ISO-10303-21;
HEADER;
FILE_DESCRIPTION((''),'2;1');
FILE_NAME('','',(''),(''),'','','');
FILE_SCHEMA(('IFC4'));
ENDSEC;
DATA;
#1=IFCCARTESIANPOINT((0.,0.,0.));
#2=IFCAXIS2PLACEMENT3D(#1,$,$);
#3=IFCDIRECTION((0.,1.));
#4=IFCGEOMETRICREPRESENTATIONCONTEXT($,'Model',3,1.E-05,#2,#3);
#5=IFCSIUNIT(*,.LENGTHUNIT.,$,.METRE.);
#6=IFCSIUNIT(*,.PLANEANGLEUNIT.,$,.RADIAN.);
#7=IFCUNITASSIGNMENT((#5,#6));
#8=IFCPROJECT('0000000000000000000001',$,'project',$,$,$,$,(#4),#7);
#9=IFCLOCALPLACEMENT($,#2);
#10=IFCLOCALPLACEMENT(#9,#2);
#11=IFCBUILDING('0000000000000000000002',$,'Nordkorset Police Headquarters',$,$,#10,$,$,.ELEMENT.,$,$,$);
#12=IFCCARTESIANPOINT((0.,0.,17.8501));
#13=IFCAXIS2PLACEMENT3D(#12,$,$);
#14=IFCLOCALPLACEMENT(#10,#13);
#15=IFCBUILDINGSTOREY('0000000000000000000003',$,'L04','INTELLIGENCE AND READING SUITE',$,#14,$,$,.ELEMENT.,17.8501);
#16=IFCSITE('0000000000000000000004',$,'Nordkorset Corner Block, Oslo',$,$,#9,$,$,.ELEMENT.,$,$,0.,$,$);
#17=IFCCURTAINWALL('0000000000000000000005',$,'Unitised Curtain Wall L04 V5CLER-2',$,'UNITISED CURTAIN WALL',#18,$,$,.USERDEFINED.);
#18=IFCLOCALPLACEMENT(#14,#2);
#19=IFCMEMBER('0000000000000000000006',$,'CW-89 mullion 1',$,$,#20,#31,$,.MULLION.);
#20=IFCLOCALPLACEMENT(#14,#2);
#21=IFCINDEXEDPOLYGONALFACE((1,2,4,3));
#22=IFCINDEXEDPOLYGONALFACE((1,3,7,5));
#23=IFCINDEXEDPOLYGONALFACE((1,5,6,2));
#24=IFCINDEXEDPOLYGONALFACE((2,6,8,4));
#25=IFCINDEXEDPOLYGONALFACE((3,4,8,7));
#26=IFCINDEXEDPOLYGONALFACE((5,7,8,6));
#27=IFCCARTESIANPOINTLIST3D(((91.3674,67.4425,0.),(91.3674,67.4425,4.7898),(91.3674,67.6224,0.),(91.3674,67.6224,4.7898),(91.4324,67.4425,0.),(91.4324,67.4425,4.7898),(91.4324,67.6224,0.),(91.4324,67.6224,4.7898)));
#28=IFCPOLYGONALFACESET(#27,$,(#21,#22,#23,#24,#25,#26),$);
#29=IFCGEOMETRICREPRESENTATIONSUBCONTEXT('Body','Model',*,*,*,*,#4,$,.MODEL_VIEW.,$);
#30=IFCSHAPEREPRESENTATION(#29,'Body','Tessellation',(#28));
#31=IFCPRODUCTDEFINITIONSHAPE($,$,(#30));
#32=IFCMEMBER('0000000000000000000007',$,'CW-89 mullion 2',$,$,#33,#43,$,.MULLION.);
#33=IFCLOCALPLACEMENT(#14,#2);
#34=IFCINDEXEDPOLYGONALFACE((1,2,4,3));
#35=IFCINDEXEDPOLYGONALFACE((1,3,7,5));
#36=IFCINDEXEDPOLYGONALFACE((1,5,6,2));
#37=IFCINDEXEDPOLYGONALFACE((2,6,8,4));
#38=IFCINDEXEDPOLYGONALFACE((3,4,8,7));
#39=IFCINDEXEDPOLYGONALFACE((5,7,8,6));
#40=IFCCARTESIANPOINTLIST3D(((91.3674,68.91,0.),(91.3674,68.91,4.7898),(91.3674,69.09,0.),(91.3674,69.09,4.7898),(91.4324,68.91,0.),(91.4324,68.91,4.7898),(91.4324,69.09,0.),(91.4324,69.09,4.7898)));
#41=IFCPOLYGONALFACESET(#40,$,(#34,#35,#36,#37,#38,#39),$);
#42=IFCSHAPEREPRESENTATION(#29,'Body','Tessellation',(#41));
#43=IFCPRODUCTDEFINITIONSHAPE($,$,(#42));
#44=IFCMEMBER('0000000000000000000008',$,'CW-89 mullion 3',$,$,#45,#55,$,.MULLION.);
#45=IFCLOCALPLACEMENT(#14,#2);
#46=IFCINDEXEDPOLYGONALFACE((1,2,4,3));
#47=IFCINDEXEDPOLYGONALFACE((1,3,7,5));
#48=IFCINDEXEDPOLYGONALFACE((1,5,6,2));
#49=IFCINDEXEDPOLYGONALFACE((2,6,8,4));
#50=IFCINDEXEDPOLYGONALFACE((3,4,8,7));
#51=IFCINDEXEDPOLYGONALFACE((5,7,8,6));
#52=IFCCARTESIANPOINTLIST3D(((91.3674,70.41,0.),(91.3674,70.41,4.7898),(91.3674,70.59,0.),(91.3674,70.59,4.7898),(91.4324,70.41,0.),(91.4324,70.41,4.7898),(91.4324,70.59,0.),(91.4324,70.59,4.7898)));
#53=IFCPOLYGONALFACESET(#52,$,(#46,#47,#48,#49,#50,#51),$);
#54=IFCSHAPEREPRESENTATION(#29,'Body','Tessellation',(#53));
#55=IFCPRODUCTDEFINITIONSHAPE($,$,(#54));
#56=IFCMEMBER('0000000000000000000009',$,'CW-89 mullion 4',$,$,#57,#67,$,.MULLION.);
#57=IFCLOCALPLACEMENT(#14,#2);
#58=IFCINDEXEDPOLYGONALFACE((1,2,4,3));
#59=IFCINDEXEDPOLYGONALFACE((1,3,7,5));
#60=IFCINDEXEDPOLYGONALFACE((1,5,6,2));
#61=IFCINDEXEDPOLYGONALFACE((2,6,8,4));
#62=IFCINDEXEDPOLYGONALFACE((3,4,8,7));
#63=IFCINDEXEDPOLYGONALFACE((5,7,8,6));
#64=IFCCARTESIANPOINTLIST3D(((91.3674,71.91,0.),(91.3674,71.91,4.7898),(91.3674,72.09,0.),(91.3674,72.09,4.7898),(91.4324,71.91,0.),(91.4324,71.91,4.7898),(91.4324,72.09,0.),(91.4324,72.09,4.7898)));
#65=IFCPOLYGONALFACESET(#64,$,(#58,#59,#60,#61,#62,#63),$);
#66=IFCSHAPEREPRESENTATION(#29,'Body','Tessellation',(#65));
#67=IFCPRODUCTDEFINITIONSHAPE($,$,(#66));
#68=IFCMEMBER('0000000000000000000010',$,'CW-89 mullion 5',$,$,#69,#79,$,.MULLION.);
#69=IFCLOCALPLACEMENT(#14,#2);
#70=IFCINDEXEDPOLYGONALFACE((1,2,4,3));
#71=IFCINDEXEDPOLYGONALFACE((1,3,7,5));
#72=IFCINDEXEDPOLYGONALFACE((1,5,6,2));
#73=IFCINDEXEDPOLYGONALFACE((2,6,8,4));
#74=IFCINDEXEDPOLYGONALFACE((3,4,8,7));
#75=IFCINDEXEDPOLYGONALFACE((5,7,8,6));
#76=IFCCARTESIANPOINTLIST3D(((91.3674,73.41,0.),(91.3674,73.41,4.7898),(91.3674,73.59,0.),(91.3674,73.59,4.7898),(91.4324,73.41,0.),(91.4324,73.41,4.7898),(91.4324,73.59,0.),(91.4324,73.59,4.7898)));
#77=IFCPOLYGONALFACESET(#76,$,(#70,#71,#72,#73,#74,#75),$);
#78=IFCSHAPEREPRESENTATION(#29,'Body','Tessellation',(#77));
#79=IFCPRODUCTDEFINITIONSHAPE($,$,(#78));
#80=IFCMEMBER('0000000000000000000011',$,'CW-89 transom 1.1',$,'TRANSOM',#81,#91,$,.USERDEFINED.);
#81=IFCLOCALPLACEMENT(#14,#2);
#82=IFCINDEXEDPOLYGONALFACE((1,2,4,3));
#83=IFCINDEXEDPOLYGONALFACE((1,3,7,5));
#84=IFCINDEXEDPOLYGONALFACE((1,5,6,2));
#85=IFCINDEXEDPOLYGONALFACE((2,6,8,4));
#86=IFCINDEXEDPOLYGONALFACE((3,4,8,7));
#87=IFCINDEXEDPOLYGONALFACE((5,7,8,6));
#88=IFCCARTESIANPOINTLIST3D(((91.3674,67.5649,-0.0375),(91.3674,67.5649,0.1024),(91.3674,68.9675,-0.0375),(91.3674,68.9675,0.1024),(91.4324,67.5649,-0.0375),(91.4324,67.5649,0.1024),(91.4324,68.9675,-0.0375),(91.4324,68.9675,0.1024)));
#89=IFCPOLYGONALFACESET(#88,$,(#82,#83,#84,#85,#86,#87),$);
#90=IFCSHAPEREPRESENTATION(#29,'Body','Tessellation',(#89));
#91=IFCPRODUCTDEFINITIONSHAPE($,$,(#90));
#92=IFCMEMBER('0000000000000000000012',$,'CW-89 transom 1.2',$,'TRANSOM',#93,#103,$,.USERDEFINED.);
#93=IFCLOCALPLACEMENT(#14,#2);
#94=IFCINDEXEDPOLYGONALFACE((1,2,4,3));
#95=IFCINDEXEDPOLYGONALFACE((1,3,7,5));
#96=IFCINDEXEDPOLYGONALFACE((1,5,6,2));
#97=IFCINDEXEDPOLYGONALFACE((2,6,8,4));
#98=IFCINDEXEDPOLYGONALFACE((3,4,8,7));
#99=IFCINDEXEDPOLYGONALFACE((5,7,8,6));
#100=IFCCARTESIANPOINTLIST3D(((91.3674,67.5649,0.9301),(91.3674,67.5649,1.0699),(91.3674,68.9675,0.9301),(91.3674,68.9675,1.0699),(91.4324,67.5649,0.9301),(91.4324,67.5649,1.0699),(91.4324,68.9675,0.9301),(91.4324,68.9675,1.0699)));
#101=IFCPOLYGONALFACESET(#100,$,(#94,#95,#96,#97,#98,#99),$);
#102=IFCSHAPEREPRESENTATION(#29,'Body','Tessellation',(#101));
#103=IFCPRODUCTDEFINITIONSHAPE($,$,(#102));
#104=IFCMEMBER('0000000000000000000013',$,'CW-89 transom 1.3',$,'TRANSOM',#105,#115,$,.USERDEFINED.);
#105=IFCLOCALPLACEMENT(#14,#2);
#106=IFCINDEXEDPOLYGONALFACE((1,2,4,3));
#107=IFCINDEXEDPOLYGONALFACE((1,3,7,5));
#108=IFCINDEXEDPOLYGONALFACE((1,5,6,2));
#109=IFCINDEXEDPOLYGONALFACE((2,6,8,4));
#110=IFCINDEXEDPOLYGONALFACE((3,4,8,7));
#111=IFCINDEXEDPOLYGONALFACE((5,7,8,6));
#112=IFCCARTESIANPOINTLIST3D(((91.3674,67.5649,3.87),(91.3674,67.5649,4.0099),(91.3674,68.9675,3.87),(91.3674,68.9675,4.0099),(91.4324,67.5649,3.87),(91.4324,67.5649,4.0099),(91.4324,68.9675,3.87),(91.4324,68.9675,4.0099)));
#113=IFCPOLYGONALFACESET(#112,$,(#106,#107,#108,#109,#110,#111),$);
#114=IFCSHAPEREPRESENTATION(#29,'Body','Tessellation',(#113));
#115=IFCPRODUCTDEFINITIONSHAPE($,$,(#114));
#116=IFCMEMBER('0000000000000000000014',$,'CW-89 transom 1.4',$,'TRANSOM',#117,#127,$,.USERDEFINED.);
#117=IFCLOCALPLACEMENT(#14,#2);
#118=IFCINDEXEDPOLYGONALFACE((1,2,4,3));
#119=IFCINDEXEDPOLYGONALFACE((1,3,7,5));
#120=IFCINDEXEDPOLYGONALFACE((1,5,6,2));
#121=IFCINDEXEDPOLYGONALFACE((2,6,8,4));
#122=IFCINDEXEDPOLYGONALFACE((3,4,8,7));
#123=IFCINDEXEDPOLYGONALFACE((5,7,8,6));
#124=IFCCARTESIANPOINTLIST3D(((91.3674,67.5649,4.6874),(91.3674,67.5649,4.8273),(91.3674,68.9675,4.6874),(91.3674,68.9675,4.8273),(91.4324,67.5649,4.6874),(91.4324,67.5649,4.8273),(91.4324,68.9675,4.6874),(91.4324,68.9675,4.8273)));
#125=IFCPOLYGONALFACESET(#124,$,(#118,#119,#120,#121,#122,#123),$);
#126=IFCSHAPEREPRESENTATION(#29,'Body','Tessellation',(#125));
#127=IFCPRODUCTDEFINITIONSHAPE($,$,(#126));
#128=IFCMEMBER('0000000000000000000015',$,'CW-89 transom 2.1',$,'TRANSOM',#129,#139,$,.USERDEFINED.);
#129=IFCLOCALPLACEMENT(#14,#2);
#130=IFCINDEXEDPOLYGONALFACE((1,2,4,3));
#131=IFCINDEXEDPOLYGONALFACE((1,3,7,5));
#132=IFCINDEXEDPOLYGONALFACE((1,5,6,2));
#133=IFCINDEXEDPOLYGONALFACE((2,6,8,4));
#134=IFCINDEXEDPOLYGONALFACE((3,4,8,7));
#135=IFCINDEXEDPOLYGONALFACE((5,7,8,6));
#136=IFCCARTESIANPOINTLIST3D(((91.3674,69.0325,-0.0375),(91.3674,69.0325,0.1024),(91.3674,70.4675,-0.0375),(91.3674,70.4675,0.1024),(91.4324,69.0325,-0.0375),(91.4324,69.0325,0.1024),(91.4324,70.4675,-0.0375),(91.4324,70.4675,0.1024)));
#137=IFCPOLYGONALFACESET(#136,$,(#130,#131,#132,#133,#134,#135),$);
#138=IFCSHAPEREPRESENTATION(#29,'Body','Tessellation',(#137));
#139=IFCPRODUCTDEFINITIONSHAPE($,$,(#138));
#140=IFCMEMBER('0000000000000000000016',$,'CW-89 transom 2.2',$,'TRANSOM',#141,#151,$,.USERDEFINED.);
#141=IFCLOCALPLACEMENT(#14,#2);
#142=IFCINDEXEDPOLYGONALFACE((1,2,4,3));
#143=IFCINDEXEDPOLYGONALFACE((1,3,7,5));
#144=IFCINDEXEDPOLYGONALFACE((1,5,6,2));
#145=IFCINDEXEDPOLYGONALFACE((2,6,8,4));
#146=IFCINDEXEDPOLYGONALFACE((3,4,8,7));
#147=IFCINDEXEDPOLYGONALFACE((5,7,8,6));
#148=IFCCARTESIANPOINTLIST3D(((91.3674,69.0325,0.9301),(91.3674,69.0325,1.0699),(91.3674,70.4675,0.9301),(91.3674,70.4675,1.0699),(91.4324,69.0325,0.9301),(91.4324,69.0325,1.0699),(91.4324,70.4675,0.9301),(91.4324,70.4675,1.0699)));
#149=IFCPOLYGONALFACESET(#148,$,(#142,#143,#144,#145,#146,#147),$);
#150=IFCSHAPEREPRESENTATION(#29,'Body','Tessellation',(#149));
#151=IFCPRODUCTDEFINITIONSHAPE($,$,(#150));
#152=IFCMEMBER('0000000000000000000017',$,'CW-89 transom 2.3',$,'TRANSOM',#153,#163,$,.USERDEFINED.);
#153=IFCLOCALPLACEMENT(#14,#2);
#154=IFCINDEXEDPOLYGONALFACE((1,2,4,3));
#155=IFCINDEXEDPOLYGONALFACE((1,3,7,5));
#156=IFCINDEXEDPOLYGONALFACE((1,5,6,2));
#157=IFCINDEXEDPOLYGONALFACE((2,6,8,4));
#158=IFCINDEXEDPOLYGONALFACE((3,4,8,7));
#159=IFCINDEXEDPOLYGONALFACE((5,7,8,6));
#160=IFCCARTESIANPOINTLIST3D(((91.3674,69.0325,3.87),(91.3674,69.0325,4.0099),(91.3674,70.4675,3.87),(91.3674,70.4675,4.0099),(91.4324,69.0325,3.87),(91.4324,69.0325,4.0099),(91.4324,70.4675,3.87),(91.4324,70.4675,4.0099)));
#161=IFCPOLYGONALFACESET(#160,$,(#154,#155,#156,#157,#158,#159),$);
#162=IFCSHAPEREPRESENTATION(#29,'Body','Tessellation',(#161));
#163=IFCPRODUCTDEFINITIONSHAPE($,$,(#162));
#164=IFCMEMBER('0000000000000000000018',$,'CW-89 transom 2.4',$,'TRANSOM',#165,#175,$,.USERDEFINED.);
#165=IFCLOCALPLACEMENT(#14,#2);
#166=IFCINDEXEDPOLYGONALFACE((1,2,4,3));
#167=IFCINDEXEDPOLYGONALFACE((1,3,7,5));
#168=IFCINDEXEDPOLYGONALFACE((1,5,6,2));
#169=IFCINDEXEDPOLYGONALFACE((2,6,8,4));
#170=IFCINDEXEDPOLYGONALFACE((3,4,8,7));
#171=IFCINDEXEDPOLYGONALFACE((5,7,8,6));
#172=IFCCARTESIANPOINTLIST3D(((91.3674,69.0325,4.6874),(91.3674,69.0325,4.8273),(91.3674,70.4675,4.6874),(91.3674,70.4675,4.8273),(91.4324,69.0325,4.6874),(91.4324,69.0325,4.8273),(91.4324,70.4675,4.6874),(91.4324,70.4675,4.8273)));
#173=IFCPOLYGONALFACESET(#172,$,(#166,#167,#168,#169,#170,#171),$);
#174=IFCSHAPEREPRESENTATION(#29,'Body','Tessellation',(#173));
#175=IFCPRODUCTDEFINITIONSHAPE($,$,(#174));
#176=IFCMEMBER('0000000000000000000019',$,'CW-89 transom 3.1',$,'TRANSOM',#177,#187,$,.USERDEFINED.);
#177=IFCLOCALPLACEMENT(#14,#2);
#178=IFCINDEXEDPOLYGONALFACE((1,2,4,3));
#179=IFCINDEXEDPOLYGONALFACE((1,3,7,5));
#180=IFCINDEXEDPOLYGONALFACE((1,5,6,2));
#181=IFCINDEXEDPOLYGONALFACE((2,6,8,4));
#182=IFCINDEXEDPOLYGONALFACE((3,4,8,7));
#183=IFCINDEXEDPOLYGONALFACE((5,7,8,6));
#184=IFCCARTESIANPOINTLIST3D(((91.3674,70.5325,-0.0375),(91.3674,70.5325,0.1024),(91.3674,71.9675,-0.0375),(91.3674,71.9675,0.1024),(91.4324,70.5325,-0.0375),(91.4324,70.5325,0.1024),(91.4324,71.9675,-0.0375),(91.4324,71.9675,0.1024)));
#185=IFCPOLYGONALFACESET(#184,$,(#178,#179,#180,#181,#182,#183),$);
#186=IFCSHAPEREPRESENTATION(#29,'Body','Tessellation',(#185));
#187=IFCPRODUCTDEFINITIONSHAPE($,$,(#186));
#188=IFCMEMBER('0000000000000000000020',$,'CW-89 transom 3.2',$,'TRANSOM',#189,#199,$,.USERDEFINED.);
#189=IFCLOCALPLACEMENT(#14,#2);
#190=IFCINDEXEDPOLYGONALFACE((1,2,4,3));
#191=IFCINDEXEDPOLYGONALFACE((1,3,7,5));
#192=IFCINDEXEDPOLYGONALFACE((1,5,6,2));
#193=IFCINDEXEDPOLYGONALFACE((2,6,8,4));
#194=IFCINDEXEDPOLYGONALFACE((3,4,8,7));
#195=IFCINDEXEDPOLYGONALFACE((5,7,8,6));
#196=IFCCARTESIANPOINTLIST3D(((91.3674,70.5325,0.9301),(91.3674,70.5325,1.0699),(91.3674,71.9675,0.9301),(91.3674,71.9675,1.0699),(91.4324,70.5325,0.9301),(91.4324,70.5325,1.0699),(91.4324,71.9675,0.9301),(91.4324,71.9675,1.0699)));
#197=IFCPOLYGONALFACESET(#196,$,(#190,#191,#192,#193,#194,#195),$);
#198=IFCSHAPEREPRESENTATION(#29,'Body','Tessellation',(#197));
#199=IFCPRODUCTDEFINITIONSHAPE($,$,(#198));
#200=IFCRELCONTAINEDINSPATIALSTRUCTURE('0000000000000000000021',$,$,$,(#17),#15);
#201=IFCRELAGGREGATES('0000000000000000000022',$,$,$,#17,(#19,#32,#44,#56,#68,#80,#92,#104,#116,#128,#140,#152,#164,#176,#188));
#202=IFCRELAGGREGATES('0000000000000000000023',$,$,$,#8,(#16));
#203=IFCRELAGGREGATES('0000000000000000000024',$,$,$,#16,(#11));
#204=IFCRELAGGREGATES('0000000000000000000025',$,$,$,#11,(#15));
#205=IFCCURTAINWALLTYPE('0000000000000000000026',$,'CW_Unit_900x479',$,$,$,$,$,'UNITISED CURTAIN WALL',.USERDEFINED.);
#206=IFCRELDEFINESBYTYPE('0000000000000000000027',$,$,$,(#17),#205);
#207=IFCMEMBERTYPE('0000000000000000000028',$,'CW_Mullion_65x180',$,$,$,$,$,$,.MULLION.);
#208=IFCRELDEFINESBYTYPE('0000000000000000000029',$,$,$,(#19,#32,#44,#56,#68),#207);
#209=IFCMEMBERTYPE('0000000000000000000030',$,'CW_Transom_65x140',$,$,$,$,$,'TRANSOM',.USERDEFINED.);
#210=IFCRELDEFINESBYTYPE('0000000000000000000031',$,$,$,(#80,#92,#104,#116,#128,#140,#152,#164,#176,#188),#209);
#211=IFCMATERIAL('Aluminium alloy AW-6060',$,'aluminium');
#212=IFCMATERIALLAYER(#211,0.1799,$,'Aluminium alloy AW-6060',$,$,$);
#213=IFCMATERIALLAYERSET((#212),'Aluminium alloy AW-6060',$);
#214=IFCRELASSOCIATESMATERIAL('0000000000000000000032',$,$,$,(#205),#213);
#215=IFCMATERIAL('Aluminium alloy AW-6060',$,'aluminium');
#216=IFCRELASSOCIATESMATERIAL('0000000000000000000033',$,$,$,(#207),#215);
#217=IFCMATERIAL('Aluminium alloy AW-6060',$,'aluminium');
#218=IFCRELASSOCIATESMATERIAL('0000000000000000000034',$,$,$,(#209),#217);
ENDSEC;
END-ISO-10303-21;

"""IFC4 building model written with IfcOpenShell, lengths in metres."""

from ifc_helpers import new_model, si_unit, direction, frame, origin, origin_2d, place, context, subcontext, project, spatial, rectangle, extrude, material, layer, layer_set, material_profile, profile_set, type_object, element, aggregate, save


model = new_model("IFC4")

# Units and contexts
model_context = context("Model", 3, precision=1e-05, world=origin(), true_north=direction((0.0, 1.0)))
body_context = subcontext(model_context, "Body", "Model", "MODEL_VIEW")
ifc_project = project(units=[si_unit("LENGTHUNIT", "METRE"), si_unit("PLANEANGLEUNIT", "RADIAN")], contexts=[model_context])

# Site, building, storey
site_placement = place(None, origin())
site = spatial("IfcSite", under=ifc_project, at=site_placement, Name="Nordkorset Corner Block, Oslo", CompositionType="ELEMENT", RefElevation=0.0)
building_placement = place(site_placement, origin())
building = spatial("IfcBuilding", under=site, at=building_placement, Name="Nordkorset Police Headquarters", CompositionType="ELEMENT")
storey_placement = place(building_placement, frame((0.0, 0.0, 17.8501)))
storey = spatial("IfcBuildingStorey", under=building, at=storey_placement, Name="L04", Description="INTELLIGENCE AND READING SUITE", CompositionType="ELEMENT", Elevation=17.8501)

# Curtain wall, members
ifc_material_1 = material(Name="Aluminium alloy AW-6060", Category="aluminium")
ifc_layer_1 = layer(ifc_material_1, 0.1799, Name="Aluminium alloy AW-6060")
ifc_layer_set_1 = layer_set([ifc_layer_1], Name="Aluminium alloy AW-6060")
curtain_wall_type = type_object("IfcCurtainWallType", Name="CW_Unit_900x479", ElementType="UNITISED CURTAIN WALL", PredefinedType="USERDEFINED", material=ifc_layer_set_1)
curtain_wall_placement = place(storey_placement, origin())
curtain_wall = element("IfcCurtainWall", 1, at=curtain_wall_placement, inside=storey, type_object=curtain_wall_type, Name="Unitised Curtain Wall L04 V5CLER-2", ObjectType="UNITISED CURTAIN WALL", PredefinedType="USERDEFINED")
ifc_material_2 = material(Name="Aluminium alloy AW-6060", Category="aluminium")
ifc_material_profile_1 = material_profile(ifc_material_2, rectangle(XDim=0.0649, YDim=0.1799, at=origin_2d()), Name="ALU MULL 65x180")
ifc_profile_set_1 = profile_set([ifc_material_profile_1], Name="Aluminium alloy AW-6060")
member_type_1 = type_object("IfcMemberType", Name="CW_Mullion_65x180", PredefinedType="MULLION", material=ifc_profile_set_1)
member_1_placement = place(storey_placement, frame((91.3999, 67.5325, 0.0), z_axis=(0.0, 0.0, 1.0), x_axis=(-1.0, 0.0, 0.0)))
member_1 = element("IfcMember", 2, at=member_1_placement, type_object=member_type_1, Name="CW-89 mullion 1", PredefinedType="MULLION", context=body_context, shape_type="SweptSolid", body=[
    extrude(rectangle(XDim=0.0649, YDim=0.1799, at=origin_2d()), origin(), (0.0, 0.0, 1.0), 4.7898),
])
member_2_placement = place(storey_placement, frame((91.3999, 69.0, 0.0), z_axis=(0.0, 0.0, 1.0), x_axis=(-1.0, 0.0, 0.0)))
member_2 = element("IfcMember", 3, at=member_2_placement, type_object=member_type_1, Name="CW-89 mullion 2", PredefinedType="MULLION", context=body_context, shape_type="SweptSolid", body=[
    extrude(rectangle(XDim=0.0649, YDim=0.1799, at=origin_2d()), origin(), (0.0, 0.0, 1.0), 4.7898),
])
member_3_placement = place(storey_placement, frame((91.3999, 70.5, 0.0), z_axis=(0.0, 0.0, 1.0), x_axis=(-1.0, 0.0, 0.0)))
member_3 = element("IfcMember", 4, at=member_3_placement, type_object=member_type_1, Name="CW-89 mullion 3", PredefinedType="MULLION", context=body_context, shape_type="SweptSolid", body=[
    extrude(rectangle(XDim=0.0649, YDim=0.1799, at=origin_2d()), origin(), (0.0, 0.0, 1.0), 4.7898),
])
member_4_placement = place(storey_placement, frame((91.3999, 72.0, 0.0), z_axis=(0.0, 0.0, 1.0), x_axis=(-1.0, 0.0, 0.0)))
member_4 = element("IfcMember", 5, at=member_4_placement, type_object=member_type_1, Name="CW-89 mullion 4", PredefinedType="MULLION", context=body_context, shape_type="SweptSolid", body=[
    extrude(rectangle(XDim=0.0649, YDim=0.1799, at=origin_2d()), origin(), (0.0, 0.0, 1.0), 4.7898),
])
member_5_placement = place(storey_placement, frame((91.3999, 73.5, 0.0), z_axis=(0.0, 0.0, 1.0), x_axis=(-1.0, 0.0, 0.0)))
member_5 = element("IfcMember", 6, at=member_5_placement, type_object=member_type_1, Name="CW-89 mullion 5", PredefinedType="MULLION", context=body_context, shape_type="SweptSolid", body=[
    extrude(rectangle(XDim=0.0649, YDim=0.1799, at=origin_2d()), origin(), (0.0, 0.0, 1.0), 4.7898),
])
ifc_material_3 = material(Name="Aluminium alloy AW-6060", Category="aluminium")
ifc_material_profile_2 = material_profile(ifc_material_3, rectangle(XDim=0.0649, YDim=0.1399, at=origin_2d()), Name="ALU TRAN 65x140")
ifc_profile_set_2 = profile_set([ifc_material_profile_2], Name="Aluminium alloy AW-6060")
member_type_2 = type_object("IfcMemberType", Name="CW_Transom_65x140", ElementType="TRANSOM", PredefinedType="USERDEFINED", material=ifc_profile_set_2)
member_6_placement = place(storey_placement, frame((91.3999, 67.5649, 0.0325), z_axis=(0.0, 1.0, 0.0), x_axis=(-1.0, 0.0, 0.0)))
member_6 = element("IfcMember", 7, at=member_6_placement, type_object=member_type_2, Name="CW-89 transom 1.1", ObjectType="TRANSOM", PredefinedType="USERDEFINED", context=body_context, shape_type="SweptSolid", body=[
    extrude(rectangle(XDim=0.0649, YDim=0.1399, at=origin_2d()), origin(), (0.0, 0.0, 1.0), 1.4026),
])
member_7_placement = place(storey_placement, frame((91.3999, 67.5649, 1.0), z_axis=(0.0, 1.0, 0.0), x_axis=(-1.0, 0.0, 0.0)))
member_7 = element("IfcMember", 8, at=member_7_placement, type_object=member_type_2, Name="CW-89 transom 1.2", ObjectType="TRANSOM", PredefinedType="USERDEFINED", context=body_context, shape_type="SweptSolid", body=[
    extrude(rectangle(XDim=0.0649, YDim=0.1399, at=origin_2d()), origin(), (0.0, 0.0, 1.0), 1.4026),
])
member_8_placement = place(storey_placement, frame((91.3999, 67.5649, 3.9399), z_axis=(0.0, 1.0, 0.0), x_axis=(-1.0, 0.0, 0.0)))
member_8 = element("IfcMember", 9, at=member_8_placement, type_object=member_type_2, Name="CW-89 transom 1.3", ObjectType="TRANSOM", PredefinedType="USERDEFINED", context=body_context, shape_type="SweptSolid", body=[
    extrude(rectangle(XDim=0.0649, YDim=0.1399, at=origin_2d()), origin(), (0.0, 0.0, 1.0), 1.4026),
])
member_9_placement = place(storey_placement, frame((91.3999, 67.5649, 4.7573), z_axis=(0.0, 1.0, 0.0), x_axis=(-1.0, 0.0, 0.0)))
member_9 = element("IfcMember", 10, at=member_9_placement, type_object=member_type_2, Name="CW-89 transom 1.4", ObjectType="TRANSOM", PredefinedType="USERDEFINED", context=body_context, shape_type="SweptSolid", body=[
    extrude(rectangle(XDim=0.0649, YDim=0.1399, at=origin_2d()), origin(), (0.0, 0.0, 1.0), 1.4026),
])
member_10_placement = place(storey_placement, frame((91.3999, 69.0325, 0.0325), z_axis=(0.0, 1.0, 0.0), x_axis=(-1.0, 0.0, 0.0)))
member_10 = element("IfcMember", 11, at=member_10_placement, type_object=member_type_2, Name="CW-89 transom 2.1", ObjectType="TRANSOM", PredefinedType="USERDEFINED", context=body_context, shape_type="SweptSolid", body=[
    extrude(rectangle(XDim=0.0649, YDim=0.1399, at=origin_2d()), origin(), (0.0, 0.0, 1.0), 1.4351),
])
member_11_placement = place(storey_placement, frame((91.3999, 69.0325, 1.0), z_axis=(0.0, 1.0, 0.0), x_axis=(-1.0, 0.0, 0.0)))
member_11 = element("IfcMember", 12, at=member_11_placement, type_object=member_type_2, Name="CW-89 transom 2.2", ObjectType="TRANSOM", PredefinedType="USERDEFINED", context=body_context, shape_type="SweptSolid", body=[
    extrude(rectangle(XDim=0.0649, YDim=0.1399, at=origin_2d()), origin(), (0.0, 0.0, 1.0), 1.4351),
])
member_12_placement = place(storey_placement, frame((91.3999, 69.0325, 3.9399), z_axis=(0.0, 1.0, 0.0), x_axis=(-1.0, 0.0, 0.0)))
member_12 = element("IfcMember", 13, at=member_12_placement, type_object=member_type_2, Name="CW-89 transom 2.3", ObjectType="TRANSOM", PredefinedType="USERDEFINED", context=body_context, shape_type="SweptSolid", body=[
    extrude(rectangle(XDim=0.0649, YDim=0.1399, at=origin_2d()), origin(), (0.0, 0.0, 1.0), 1.4351),
])
member_13_placement = place(storey_placement, frame((91.3999, 69.0325, 4.7573), z_axis=(0.0, 1.0, 0.0), x_axis=(-1.0, 0.0, 0.0)))
member_13 = element("IfcMember", 14, at=member_13_placement, type_object=member_type_2, Name="CW-89 transom 2.4", ObjectType="TRANSOM", PredefinedType="USERDEFINED", context=body_context, shape_type="SweptSolid", body=[
    extrude(rectangle(XDim=0.0649, YDim=0.1399, at=origin_2d()), origin(), (0.0, 0.0, 1.0), 1.4351),
])
member_14_placement = place(storey_placement, frame((91.3999, 70.5325, 0.0325), z_axis=(0.0, 1.0, 0.0), x_axis=(-1.0, 0.0, 0.0)))
member_14 = element("IfcMember", 15, at=member_14_placement, type_object=member_type_2, Name="CW-89 transom 3.1", ObjectType="TRANSOM", PredefinedType="USERDEFINED", context=body_context, shape_type="SweptSolid", body=[
    extrude(rectangle(XDim=0.0649, YDim=0.1399, at=origin_2d()), origin(), (0.0, 0.0, 1.0), 1.4351),
])
member_15_placement = place(storey_placement, frame((91.3999, 70.5325, 1.0), z_axis=(0.0, 1.0, 0.0), x_axis=(-1.0, 0.0, 0.0)))
member_15 = element("IfcMember", 16, at=member_15_placement, type_object=member_type_2, Name="CW-89 transom 3.2", ObjectType="TRANSOM", PredefinedType="USERDEFINED", context=body_context, shape_type="SweptSolid", body=[
    extrude(rectangle(XDim=0.0649, YDim=0.1399, at=origin_2d()), origin(), (0.0, 0.0, 1.0), 1.4351),
])

aggregate(curtain_wall, [member_1, member_2, member_3, member_4, member_5, member_6, member_7, member_8, member_9, member_10, member_11, member_12, member_13, member_14, member_15])

save(model, "model.ifc")
